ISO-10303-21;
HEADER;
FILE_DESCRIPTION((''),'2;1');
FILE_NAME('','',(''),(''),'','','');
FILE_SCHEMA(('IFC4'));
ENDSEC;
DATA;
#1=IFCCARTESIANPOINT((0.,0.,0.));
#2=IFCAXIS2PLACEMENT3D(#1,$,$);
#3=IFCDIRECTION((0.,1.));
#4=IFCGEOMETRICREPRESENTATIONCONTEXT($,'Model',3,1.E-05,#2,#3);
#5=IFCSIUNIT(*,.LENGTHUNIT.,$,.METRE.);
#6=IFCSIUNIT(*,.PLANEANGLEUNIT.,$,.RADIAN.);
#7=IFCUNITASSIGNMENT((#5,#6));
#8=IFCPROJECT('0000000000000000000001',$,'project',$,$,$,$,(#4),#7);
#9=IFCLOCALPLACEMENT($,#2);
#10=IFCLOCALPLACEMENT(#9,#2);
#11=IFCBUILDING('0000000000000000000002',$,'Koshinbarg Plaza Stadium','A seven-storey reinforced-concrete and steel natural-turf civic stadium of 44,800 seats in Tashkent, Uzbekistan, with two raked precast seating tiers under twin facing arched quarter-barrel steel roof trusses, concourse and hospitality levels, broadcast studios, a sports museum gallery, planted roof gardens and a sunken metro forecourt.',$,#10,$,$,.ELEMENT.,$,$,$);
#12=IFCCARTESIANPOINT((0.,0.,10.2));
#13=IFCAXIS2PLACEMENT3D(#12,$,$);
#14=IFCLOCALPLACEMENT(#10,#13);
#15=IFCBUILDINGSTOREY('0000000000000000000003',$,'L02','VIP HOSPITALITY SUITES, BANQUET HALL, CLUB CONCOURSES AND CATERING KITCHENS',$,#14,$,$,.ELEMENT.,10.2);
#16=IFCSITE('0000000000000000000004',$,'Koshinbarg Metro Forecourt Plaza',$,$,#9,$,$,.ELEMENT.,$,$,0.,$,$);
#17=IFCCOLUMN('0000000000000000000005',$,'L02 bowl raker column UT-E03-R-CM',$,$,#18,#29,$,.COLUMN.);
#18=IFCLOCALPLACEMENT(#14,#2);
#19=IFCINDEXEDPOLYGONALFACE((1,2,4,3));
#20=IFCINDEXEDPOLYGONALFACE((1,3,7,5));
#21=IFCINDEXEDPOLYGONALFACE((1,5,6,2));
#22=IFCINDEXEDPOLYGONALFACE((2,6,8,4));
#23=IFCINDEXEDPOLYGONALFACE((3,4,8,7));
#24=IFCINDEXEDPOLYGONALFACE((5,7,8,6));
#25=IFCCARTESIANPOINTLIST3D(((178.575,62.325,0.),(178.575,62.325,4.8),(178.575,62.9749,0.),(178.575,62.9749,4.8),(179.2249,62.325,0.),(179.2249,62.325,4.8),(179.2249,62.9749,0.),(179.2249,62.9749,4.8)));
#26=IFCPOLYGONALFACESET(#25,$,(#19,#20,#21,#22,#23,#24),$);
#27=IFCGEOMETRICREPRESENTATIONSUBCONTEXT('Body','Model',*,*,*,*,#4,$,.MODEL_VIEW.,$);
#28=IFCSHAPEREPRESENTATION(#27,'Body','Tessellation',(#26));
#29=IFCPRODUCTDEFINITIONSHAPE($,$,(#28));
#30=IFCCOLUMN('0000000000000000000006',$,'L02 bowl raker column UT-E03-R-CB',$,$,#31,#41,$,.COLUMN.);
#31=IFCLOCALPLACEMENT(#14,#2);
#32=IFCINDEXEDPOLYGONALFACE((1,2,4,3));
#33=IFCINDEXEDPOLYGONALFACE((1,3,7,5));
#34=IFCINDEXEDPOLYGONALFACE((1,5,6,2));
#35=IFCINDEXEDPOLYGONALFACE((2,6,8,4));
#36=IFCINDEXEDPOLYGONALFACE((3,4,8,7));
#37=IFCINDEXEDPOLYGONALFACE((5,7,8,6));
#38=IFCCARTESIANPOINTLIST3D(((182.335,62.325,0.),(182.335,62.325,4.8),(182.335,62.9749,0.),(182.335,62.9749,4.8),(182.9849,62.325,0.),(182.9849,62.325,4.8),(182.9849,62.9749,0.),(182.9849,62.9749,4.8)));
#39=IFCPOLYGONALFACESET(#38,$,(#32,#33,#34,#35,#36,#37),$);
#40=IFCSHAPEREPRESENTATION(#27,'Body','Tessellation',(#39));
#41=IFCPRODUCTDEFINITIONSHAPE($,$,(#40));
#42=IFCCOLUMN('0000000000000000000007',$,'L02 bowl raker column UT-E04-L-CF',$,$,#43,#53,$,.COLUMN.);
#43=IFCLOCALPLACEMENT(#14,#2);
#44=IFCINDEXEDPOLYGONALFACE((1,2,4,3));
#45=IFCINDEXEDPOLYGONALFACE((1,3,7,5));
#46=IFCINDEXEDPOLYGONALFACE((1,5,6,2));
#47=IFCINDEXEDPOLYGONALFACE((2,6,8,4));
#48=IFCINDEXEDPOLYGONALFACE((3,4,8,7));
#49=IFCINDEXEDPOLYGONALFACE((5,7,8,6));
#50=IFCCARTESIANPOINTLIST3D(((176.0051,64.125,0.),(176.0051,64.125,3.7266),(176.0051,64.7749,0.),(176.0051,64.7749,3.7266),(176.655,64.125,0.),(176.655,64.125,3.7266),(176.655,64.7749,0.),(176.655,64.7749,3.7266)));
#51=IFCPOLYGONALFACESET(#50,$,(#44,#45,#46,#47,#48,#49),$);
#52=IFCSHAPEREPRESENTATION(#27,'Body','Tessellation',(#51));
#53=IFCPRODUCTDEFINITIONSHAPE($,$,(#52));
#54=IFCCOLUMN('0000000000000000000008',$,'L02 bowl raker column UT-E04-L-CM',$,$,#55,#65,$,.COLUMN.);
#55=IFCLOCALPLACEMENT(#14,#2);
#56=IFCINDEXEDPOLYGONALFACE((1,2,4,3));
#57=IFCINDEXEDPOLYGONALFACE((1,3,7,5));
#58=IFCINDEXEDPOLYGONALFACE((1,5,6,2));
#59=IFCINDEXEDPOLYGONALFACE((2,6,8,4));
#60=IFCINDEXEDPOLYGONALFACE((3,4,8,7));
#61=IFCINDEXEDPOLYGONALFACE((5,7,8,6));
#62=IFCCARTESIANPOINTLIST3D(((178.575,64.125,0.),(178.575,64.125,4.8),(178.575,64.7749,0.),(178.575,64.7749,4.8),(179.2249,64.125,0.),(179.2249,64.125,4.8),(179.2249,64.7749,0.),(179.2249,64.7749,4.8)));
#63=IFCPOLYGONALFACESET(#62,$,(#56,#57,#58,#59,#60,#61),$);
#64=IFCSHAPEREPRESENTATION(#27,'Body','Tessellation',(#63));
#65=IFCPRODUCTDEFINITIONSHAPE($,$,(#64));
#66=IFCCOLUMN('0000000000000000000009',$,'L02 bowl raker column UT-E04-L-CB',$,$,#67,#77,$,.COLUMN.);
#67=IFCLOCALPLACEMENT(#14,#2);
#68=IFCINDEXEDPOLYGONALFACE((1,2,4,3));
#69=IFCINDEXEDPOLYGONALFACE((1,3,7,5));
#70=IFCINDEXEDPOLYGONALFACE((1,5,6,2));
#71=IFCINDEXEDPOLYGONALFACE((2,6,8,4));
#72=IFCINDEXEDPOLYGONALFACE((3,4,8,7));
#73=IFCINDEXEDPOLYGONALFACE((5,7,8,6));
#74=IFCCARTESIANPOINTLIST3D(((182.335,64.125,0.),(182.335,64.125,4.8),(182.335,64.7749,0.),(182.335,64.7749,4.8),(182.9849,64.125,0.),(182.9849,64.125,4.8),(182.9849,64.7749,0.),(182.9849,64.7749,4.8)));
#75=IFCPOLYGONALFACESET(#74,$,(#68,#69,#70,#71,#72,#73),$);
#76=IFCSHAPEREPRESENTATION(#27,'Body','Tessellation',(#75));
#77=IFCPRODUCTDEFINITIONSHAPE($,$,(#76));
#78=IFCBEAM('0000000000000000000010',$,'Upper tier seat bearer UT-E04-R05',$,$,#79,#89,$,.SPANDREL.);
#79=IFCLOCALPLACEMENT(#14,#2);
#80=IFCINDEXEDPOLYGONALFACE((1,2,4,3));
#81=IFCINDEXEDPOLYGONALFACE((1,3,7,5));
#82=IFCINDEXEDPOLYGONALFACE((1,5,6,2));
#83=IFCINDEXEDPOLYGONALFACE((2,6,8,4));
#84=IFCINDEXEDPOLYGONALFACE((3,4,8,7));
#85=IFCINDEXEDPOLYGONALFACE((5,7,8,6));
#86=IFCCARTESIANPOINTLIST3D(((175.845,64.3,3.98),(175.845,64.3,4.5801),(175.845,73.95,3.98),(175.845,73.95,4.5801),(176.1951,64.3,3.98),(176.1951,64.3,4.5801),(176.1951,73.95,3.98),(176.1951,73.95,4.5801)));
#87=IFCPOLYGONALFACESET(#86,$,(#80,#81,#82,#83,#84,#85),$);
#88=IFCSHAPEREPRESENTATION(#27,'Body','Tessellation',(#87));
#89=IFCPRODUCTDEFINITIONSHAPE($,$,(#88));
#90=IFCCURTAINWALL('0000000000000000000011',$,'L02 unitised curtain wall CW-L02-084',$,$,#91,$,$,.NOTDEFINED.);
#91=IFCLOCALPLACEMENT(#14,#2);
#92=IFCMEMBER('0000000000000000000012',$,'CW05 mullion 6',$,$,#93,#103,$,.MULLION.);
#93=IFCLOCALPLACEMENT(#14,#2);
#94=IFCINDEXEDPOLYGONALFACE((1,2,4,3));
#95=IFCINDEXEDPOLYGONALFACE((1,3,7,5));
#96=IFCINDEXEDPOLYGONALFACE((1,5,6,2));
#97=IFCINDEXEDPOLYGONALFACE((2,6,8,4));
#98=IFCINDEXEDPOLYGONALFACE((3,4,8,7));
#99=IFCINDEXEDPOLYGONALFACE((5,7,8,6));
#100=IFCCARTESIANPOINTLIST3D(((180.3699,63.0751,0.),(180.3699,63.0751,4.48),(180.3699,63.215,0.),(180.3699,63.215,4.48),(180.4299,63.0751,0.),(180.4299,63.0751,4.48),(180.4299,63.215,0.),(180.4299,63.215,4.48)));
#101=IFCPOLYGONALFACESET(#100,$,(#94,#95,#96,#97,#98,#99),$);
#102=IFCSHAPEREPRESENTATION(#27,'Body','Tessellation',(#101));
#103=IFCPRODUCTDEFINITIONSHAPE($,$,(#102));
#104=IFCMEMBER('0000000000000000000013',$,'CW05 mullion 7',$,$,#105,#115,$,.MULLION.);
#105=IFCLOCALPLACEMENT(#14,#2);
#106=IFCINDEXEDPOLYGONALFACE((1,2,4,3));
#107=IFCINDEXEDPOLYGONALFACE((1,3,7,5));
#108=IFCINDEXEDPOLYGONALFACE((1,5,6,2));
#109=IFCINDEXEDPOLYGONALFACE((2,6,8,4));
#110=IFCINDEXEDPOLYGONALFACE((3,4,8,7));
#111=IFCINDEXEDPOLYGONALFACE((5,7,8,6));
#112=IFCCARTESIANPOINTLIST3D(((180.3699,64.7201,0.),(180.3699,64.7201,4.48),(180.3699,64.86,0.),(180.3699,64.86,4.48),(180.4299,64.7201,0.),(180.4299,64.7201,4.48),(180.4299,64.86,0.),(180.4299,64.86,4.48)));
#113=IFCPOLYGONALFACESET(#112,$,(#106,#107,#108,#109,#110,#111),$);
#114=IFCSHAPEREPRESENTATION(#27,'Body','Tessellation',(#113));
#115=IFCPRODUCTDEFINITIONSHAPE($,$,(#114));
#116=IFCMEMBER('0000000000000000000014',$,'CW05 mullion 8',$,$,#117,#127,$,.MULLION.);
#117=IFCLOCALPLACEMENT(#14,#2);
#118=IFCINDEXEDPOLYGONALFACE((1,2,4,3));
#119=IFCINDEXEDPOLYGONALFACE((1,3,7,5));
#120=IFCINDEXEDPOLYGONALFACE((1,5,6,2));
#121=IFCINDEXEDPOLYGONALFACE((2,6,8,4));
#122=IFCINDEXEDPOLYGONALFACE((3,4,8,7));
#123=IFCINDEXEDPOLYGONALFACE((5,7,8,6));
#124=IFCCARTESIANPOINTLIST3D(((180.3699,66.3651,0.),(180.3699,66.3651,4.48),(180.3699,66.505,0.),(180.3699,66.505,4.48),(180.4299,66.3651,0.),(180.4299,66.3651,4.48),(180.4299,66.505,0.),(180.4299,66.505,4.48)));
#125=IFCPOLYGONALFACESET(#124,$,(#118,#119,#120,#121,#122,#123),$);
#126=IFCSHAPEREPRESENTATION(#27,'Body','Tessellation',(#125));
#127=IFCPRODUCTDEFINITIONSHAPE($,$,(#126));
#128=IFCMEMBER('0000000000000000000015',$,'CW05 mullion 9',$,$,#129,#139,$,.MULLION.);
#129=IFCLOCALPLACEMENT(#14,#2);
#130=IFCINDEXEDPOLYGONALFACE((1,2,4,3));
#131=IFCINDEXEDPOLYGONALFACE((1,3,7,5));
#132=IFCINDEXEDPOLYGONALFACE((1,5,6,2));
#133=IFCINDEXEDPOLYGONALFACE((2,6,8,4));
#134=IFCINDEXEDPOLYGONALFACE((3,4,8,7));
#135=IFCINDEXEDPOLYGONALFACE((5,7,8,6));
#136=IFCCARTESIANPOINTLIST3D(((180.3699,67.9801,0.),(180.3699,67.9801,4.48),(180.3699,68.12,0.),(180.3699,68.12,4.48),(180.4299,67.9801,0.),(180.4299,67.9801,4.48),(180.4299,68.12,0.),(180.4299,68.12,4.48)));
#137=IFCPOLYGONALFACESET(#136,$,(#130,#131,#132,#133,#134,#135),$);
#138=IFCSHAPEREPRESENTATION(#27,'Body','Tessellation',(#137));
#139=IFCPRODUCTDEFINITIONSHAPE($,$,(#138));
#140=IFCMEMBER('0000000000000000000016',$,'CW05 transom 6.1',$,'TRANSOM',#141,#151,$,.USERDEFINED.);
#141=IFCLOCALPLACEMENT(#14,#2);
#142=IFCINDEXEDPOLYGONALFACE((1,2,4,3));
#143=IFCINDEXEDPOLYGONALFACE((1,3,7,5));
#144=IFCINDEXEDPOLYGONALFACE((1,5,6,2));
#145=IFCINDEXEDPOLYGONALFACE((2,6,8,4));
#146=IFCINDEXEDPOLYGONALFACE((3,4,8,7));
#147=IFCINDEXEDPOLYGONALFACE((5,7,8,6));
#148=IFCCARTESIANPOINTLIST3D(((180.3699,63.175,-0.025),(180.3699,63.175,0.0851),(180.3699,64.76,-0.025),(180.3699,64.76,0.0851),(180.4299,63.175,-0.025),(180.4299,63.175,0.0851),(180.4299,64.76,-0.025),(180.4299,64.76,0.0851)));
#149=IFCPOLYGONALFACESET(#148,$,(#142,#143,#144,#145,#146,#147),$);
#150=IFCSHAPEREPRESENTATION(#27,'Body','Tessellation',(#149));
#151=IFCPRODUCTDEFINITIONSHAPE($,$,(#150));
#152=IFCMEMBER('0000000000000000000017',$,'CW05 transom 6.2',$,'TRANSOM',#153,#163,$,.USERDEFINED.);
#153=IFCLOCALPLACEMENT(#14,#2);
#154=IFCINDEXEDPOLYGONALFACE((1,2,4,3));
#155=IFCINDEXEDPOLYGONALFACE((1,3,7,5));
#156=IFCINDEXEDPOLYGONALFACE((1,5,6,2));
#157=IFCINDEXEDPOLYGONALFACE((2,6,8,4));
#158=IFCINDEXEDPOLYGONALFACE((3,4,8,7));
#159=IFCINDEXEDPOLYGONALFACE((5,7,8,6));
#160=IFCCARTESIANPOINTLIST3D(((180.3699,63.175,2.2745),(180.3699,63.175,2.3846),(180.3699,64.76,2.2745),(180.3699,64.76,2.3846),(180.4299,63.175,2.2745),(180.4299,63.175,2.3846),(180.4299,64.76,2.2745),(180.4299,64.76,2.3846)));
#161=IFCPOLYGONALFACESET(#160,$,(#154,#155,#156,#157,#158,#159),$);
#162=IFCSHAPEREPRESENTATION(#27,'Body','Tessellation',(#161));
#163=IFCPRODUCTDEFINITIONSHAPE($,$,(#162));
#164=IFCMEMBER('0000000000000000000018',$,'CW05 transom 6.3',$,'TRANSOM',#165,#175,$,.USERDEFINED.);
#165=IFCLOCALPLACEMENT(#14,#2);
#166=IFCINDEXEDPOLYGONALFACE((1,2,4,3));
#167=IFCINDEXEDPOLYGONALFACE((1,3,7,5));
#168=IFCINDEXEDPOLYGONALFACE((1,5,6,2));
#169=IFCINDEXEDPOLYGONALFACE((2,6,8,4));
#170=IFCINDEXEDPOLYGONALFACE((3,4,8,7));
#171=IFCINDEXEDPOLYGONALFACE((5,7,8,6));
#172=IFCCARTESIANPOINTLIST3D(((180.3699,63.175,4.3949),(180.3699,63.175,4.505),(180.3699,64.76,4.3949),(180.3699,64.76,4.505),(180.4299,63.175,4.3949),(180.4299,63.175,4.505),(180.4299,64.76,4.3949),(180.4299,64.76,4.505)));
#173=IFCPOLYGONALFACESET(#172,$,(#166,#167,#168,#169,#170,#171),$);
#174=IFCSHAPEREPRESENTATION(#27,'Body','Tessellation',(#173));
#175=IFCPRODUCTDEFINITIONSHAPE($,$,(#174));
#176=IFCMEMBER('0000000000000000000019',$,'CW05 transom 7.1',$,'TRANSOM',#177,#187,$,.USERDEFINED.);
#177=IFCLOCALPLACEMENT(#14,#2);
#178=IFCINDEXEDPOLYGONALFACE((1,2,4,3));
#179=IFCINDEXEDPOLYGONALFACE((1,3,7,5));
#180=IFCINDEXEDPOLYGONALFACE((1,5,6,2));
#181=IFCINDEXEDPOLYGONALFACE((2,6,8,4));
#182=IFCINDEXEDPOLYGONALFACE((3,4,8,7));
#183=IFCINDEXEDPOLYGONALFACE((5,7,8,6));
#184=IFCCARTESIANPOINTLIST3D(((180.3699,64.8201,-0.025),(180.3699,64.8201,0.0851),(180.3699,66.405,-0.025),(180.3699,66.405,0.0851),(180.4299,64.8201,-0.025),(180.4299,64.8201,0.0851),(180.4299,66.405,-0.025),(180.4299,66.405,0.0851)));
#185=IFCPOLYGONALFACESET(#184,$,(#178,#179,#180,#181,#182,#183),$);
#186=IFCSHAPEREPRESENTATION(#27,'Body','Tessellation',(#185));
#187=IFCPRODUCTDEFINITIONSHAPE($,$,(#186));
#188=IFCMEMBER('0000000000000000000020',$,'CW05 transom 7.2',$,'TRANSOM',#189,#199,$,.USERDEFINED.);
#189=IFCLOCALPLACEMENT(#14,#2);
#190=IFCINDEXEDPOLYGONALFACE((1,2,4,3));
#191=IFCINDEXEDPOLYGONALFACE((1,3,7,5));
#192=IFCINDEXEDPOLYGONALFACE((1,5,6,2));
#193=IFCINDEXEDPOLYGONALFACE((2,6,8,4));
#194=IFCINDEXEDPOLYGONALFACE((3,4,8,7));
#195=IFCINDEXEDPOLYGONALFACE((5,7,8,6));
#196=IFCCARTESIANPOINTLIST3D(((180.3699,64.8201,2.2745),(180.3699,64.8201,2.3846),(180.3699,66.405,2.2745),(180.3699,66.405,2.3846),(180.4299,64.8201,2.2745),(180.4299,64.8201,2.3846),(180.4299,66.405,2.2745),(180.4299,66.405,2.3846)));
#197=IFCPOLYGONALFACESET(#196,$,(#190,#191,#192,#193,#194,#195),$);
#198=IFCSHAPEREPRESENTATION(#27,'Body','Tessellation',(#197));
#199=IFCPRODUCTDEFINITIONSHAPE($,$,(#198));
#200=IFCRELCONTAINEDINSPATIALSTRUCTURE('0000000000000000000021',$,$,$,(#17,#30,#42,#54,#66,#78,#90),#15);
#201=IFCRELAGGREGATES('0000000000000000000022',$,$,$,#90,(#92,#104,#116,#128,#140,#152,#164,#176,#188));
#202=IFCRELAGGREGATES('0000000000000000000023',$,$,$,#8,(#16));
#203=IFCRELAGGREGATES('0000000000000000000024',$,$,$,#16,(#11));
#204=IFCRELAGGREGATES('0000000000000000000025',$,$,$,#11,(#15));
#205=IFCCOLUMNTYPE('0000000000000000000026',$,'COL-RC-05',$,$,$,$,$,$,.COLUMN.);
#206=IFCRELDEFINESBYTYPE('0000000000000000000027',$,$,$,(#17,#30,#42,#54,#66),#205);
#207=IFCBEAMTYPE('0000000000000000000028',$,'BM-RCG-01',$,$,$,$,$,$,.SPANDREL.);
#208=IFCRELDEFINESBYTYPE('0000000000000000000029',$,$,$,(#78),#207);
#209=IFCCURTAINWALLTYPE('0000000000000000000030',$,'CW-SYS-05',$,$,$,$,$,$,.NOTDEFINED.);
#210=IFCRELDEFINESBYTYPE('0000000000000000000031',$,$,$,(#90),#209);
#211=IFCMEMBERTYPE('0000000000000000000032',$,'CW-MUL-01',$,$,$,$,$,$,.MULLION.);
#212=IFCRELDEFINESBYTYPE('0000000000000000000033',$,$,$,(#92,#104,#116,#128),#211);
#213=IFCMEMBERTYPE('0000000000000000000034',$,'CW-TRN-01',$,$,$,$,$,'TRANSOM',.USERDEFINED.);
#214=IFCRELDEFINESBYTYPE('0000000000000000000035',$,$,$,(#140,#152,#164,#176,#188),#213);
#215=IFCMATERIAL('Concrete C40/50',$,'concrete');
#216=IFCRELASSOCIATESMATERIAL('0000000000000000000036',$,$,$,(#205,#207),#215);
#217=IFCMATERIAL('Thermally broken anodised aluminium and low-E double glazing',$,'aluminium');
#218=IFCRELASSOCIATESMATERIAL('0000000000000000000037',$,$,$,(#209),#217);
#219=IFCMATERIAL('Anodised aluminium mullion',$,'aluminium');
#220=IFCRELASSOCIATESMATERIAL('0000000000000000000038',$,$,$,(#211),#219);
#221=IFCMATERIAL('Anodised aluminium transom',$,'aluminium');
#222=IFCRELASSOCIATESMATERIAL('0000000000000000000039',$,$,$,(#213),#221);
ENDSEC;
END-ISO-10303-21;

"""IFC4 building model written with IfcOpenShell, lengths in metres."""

from ifc_helpers import new_model, si_unit, direction, frame, origin, origin_2d, place, context, subcontext, project, spatial, rectangle, extrude, material, material_profile, profile_set, type_object, element, aggregate, save


model = new_model("IFC4")

# Units and contexts
model_context = context("Model", 3, precision=1e-05, world=origin(), true_north=direction((0.0, 1.0)))
body_context = subcontext(model_context, "Body", "Model", "MODEL_VIEW")
ifc_project = project(units=[si_unit("LENGTHUNIT", "METRE"), si_unit("PLANEANGLEUNIT", "RADIAN")], contexts=[model_context])

# Site, building, storey
site_placement = place(None, origin())
site = spatial("IfcSite", under=ifc_project, at=site_placement, Name="Koshinbarg Metro Forecourt Plaza", CompositionType="ELEMENT", RefElevation=0.0)
building_placement = place(site_placement, origin())
building = spatial("IfcBuilding", under=site, at=building_placement, Name="Koshinbarg Plaza Stadium", Description="A seven-storey reinforced-concrete and steel natural-turf civic stadium of 44,800 seats in Tashkent, Uzbekistan, with two raked precast seating tiers under twin facing arched quarter-barrel steel roof trusses, concourse and hospitality levels, broadcast studios, a sports museum gallery, planted roof gardens and a sunken metro forecourt.", CompositionType="ELEMENT")
storey_placement = place(building_placement, frame((0.0, 0.0, 10.2)))
storey = spatial("IfcBuildingStorey", under=building, at=storey_placement, Name="L02", Description="VIP HOSPITALITY SUITES, BANQUET HALL, CLUB CONCOURSES AND CATERING KITCHENS", CompositionType="ELEMENT", Elevation=10.2)

# Columns
ifc_material_1 = material(Name="Concrete C40/50", Category="concrete")
ifc_material_profile_1 = material_profile(ifc_material_1, rectangle(XDim=0.6499, YDim=0.6499, at=origin_2d()), Name="RC 650x650")
ifc_profile_set_1 = profile_set([ifc_material_profile_1], Name="Concrete C40/50")
column_type = type_object("IfcColumnType", Name="COL-RC-05", PredefinedType="COLUMN", material=ifc_profile_set_1)
for number, where, z_axis, x_axis, name in (
    (1, (178.8999, 62.6499, 0.0), (0.0, 0.0, 1.0), (1.0, 0.0, 0.0), "L02 bowl raker column UT-E03-R-CM"),
    (2, (182.6599, 62.6499, 0.0), (0.0, 0.0, 1.0), (1.0, 0.0, 0.0), "L02 bowl raker column UT-E03-R-CB"),
):
    element("IfcColumn", number, at=place(storey_placement, frame(where, z_axis=z_axis, x_axis=x_axis)), inside=storey, type_object=column_type, Name=name, PredefinedType="COLUMN", context=body_context, shape_type="SweptSolid", body=[
        extrude(rectangle(XDim=0.6499, YDim=0.6499, at=origin_2d()), origin(), (0.0, 0.0, 1.0), 4.8),
    ])
column_placement = place(storey_placement, frame((176.3301, 64.45, 0.0), z_axis=(0.0, 0.0, 1.0), x_axis=(1.0, 0.0, 0.0)))
element("IfcColumn", 3, at=column_placement, inside=storey, type_object=column_type, Name="L02 bowl raker column UT-E04-L-CF", PredefinedType="COLUMN", context=body_context, shape_type="SweptSolid", body=[
    extrude(rectangle(XDim=0.6499, YDim=0.6499, at=origin_2d()), origin(), (0.0, 0.0, 1.0), 3.7266),
])
for number, where, z_axis, x_axis, name in (
    (4, (178.8999, 64.45, 0.0), (0.0, 0.0, 1.0), (1.0, 0.0, 0.0), "L02 bowl raker column UT-E04-L-CM"),
    (5, (182.6599, 64.45, 0.0), (0.0, 0.0, 1.0), (1.0, 0.0, 0.0), "L02 bowl raker column UT-E04-L-CB"),
):
    element("IfcColumn", number, at=place(storey_placement, frame(where, z_axis=z_axis, x_axis=x_axis)), inside=storey, type_object=column_type, Name=name, PredefinedType="COLUMN", context=body_context, shape_type="SweptSolid", body=[
        extrude(rectangle(XDim=0.6499, YDim=0.6499, at=origin_2d()), origin(), (0.0, 0.0, 1.0), 4.8),
    ])

# Beam
ifc_material_profile_2 = material_profile(ifc_material_1, rectangle(XDim=0.3501, YDim=0.6001, at=origin_2d()), Name="RC 350x600")
ifc_profile_set_2 = profile_set([ifc_material_profile_2], Name="Concrete C40/50")
beam_type = type_object("IfcBeamType", Name="BM-RCG-01", PredefinedType="SPANDREL", material=ifc_profile_set_2)
beam_placement = place(storey_placement, frame((176.02, 64.3, 4.28), z_axis=(0.0, 1.0, 0.0), x_axis=(-1.0, 0.0, 0.0)))
element("IfcBeam", 6, at=beam_placement, inside=storey, type_object=beam_type, Name="Upper tier seat bearer UT-E04-R05", PredefinedType="SPANDREL", context=body_context, shape_type="SweptSolid", body=[
    extrude(rectangle(XDim=0.3501, YDim=0.6001, at=origin_2d()), origin(), (0.0, 0.0, 1.0), 9.6499),
])

# Curtain wall, members
ifc_material_2 = material(Name="Thermally broken anodised aluminium and low-E double glazing", Category="aluminium")
curtain_wall_type = type_object("IfcCurtainWallType", Name="CW-SYS-05", PredefinedType="NOTDEFINED", material=ifc_material_2)
curtain_wall_placement = place(storey_placement, origin())
curtain_wall = element("IfcCurtainWall", 7, at=curtain_wall_placement, inside=storey, type_object=curtain_wall_type, Name="L02 unitised curtain wall CW-L02-084", PredefinedType="NOTDEFINED")
ifc_material_3 = material(Name="Anodised aluminium mullion", Category="aluminium")
ifc_material_profile_3 = material_profile(ifc_material_3, rectangle(XDim=0.0601, YDim=0.1399, at=origin_2d()), Name="ALU 60x140")
ifc_profile_set_3 = profile_set([ifc_material_profile_3], Name="Anodised aluminium mullion")
member_type_1 = type_object("IfcMemberType", Name="CW-MUL-01", PredefinedType="MULLION", material=ifc_profile_set_3)
member_1_placement = place(storey_placement, frame((180.3999, 63.145, 0.0), z_axis=(0.0, 0.0, 1.0), x_axis=(-1.0, 0.0, 0.0)))
member_1 = element("IfcMember", 8, at=member_1_placement, type_object=member_type_1, Name="CW05 mullion 6", PredefinedType="MULLION", context=body_context, shape_type="SweptSolid", body=[
    extrude(rectangle(XDim=0.0601, YDim=0.1399, at=origin_2d()), origin(), (0.0, 0.0, 1.0), 4.48),
])
member_2_placement = place(storey_placement, frame((180.3999, 64.79, 0.0), z_axis=(0.0, 0.0, 1.0), x_axis=(-1.0, 0.0, 0.0)))
member_2 = element("IfcMember", 9, at=member_2_placement, type_object=member_type_1, Name="CW05 mullion 7", PredefinedType="MULLION", context=body_context, shape_type="SweptSolid", body=[
    extrude(rectangle(XDim=0.0601, YDim=0.1399, at=origin_2d()), origin(), (0.0, 0.0, 1.0), 4.48),
])
member_3_placement = place(storey_placement, frame((180.3999, 66.4351, 0.0), z_axis=(0.0, 0.0, 1.0), x_axis=(-1.0, 0.0, 0.0)))
member_3 = element("IfcMember", 10, at=member_3_placement, type_object=member_type_1, Name="CW05 mullion 8", PredefinedType="MULLION", context=body_context, shape_type="SweptSolid", body=[
    extrude(rectangle(XDim=0.0601, YDim=0.1399, at=origin_2d()), origin(), (0.0, 0.0, 1.0), 4.48),
])
member_4_placement = place(storey_placement, frame((180.3999, 68.05, 0.0), z_axis=(0.0, 0.0, 1.0), x_axis=(-1.0, 0.0, 0.0)))
member_4 = element("IfcMember", 11, at=member_4_placement, type_object=member_type_1, Name="CW05 mullion 9", PredefinedType="MULLION", context=body_context, shape_type="SweptSolid", body=[
    extrude(rectangle(XDim=0.0601, YDim=0.1399, at=origin_2d()), origin(), (0.0, 0.0, 1.0), 4.48),
])
ifc_material_4 = material(Name="Anodised aluminium transom", Category="aluminium")
ifc_material_profile_4 = material_profile(ifc_material_4, rectangle(XDim=0.0601, YDim=0.1101, at=origin_2d()), Name="ALU 60x110")
ifc_profile_set_4 = profile_set([ifc_material_profile_4], Name="Anodised aluminium transom")
member_type_2 = type_object("IfcMemberType", Name="CW-TRN-01", ElementType="TRANSOM", PredefinedType="USERDEFINED", material=ifc_profile_set_4)
member_5_placement = place(storey_placement, frame((180.3999, 63.175, 0.03), z_axis=(0.0, 1.0, 0.0), x_axis=(-1.0, 0.0, 0.0)))
member_5 = element("IfcMember", 12, at=member_5_placement, type_object=member_type_2, Name="CW05 transom 6.1", ObjectType="TRANSOM", PredefinedType="USERDEFINED", context=body_context, shape_type="SweptSolid", body=[
    extrude(rectangle(XDim=0.0601, YDim=0.1101, at=origin_2d()), origin(), (0.0, 0.0, 1.0), 1.585),
])
member_6_placement = place(storey_placement, frame((180.3999, 63.175, 2.3296), z_axis=(0.0, 1.0, 0.0), x_axis=(-1.0, 0.0, 0.0)))
member_6 = element("IfcMember", 13, at=member_6_placement, type_object=member_type_2, Name="CW05 transom 6.2", ObjectType="TRANSOM", PredefinedType="USERDEFINED", context=body_context, shape_type="SweptSolid", body=[
    extrude(rectangle(XDim=0.0601, YDim=0.1101, at=origin_2d()), origin(), (0.0, 0.0, 1.0), 1.585),
])
member_7_placement = place(storey_placement, frame((180.3999, 63.175, 4.45), z_axis=(0.0, 1.0, 0.0), x_axis=(-1.0, 0.0, 0.0)))
member_7 = element("IfcMember", 14, at=member_7_placement, type_object=member_type_2, Name="CW05 transom 6.3", ObjectType="TRANSOM", PredefinedType="USERDEFINED", context=body_context, shape_type="SweptSolid", body=[
    extrude(rectangle(XDim=0.0601, YDim=0.1101, at=origin_2d()), origin(), (0.0, 0.0, 1.0), 1.585),
])
member_8_placement = place(storey_placement, frame((180.3999, 64.8201, 0.03), z_axis=(0.0, 1.0, 0.0), x_axis=(-1.0, 0.0, 0.0)))
member_8 = element("IfcMember", 15, at=member_8_placement, type_object=member_type_2, Name="CW05 transom 7.1", ObjectType="TRANSOM", PredefinedType="USERDEFINED", context=body_context, shape_type="SweptSolid", body=[
    extrude(rectangle(XDim=0.0601, YDim=0.1101, at=origin_2d()), origin(), (0.0, 0.0, 1.0), 1.585),
])
member_9_placement = place(storey_placement, frame((180.3999, 64.8201, 2.3296), z_axis=(0.0, 1.0, 0.0), x_axis=(-1.0, 0.0, 0.0)))
member_9 = element("IfcMember", 16, at=member_9_placement, type_object=member_type_2, Name="CW05 transom 7.2", ObjectType="TRANSOM", PredefinedType="USERDEFINED", context=body_context, shape_type="SweptSolid", body=[
    extrude(rectangle(XDim=0.0601, YDim=0.1101, at=origin_2d()), origin(), (0.0, 0.0, 1.0), 1.585),
])

aggregate(curtain_wall, [member_1, member_2, member_3, member_4, member_5, member_6, member_7, member_8, member_9])

save(model, "model.ifc")
